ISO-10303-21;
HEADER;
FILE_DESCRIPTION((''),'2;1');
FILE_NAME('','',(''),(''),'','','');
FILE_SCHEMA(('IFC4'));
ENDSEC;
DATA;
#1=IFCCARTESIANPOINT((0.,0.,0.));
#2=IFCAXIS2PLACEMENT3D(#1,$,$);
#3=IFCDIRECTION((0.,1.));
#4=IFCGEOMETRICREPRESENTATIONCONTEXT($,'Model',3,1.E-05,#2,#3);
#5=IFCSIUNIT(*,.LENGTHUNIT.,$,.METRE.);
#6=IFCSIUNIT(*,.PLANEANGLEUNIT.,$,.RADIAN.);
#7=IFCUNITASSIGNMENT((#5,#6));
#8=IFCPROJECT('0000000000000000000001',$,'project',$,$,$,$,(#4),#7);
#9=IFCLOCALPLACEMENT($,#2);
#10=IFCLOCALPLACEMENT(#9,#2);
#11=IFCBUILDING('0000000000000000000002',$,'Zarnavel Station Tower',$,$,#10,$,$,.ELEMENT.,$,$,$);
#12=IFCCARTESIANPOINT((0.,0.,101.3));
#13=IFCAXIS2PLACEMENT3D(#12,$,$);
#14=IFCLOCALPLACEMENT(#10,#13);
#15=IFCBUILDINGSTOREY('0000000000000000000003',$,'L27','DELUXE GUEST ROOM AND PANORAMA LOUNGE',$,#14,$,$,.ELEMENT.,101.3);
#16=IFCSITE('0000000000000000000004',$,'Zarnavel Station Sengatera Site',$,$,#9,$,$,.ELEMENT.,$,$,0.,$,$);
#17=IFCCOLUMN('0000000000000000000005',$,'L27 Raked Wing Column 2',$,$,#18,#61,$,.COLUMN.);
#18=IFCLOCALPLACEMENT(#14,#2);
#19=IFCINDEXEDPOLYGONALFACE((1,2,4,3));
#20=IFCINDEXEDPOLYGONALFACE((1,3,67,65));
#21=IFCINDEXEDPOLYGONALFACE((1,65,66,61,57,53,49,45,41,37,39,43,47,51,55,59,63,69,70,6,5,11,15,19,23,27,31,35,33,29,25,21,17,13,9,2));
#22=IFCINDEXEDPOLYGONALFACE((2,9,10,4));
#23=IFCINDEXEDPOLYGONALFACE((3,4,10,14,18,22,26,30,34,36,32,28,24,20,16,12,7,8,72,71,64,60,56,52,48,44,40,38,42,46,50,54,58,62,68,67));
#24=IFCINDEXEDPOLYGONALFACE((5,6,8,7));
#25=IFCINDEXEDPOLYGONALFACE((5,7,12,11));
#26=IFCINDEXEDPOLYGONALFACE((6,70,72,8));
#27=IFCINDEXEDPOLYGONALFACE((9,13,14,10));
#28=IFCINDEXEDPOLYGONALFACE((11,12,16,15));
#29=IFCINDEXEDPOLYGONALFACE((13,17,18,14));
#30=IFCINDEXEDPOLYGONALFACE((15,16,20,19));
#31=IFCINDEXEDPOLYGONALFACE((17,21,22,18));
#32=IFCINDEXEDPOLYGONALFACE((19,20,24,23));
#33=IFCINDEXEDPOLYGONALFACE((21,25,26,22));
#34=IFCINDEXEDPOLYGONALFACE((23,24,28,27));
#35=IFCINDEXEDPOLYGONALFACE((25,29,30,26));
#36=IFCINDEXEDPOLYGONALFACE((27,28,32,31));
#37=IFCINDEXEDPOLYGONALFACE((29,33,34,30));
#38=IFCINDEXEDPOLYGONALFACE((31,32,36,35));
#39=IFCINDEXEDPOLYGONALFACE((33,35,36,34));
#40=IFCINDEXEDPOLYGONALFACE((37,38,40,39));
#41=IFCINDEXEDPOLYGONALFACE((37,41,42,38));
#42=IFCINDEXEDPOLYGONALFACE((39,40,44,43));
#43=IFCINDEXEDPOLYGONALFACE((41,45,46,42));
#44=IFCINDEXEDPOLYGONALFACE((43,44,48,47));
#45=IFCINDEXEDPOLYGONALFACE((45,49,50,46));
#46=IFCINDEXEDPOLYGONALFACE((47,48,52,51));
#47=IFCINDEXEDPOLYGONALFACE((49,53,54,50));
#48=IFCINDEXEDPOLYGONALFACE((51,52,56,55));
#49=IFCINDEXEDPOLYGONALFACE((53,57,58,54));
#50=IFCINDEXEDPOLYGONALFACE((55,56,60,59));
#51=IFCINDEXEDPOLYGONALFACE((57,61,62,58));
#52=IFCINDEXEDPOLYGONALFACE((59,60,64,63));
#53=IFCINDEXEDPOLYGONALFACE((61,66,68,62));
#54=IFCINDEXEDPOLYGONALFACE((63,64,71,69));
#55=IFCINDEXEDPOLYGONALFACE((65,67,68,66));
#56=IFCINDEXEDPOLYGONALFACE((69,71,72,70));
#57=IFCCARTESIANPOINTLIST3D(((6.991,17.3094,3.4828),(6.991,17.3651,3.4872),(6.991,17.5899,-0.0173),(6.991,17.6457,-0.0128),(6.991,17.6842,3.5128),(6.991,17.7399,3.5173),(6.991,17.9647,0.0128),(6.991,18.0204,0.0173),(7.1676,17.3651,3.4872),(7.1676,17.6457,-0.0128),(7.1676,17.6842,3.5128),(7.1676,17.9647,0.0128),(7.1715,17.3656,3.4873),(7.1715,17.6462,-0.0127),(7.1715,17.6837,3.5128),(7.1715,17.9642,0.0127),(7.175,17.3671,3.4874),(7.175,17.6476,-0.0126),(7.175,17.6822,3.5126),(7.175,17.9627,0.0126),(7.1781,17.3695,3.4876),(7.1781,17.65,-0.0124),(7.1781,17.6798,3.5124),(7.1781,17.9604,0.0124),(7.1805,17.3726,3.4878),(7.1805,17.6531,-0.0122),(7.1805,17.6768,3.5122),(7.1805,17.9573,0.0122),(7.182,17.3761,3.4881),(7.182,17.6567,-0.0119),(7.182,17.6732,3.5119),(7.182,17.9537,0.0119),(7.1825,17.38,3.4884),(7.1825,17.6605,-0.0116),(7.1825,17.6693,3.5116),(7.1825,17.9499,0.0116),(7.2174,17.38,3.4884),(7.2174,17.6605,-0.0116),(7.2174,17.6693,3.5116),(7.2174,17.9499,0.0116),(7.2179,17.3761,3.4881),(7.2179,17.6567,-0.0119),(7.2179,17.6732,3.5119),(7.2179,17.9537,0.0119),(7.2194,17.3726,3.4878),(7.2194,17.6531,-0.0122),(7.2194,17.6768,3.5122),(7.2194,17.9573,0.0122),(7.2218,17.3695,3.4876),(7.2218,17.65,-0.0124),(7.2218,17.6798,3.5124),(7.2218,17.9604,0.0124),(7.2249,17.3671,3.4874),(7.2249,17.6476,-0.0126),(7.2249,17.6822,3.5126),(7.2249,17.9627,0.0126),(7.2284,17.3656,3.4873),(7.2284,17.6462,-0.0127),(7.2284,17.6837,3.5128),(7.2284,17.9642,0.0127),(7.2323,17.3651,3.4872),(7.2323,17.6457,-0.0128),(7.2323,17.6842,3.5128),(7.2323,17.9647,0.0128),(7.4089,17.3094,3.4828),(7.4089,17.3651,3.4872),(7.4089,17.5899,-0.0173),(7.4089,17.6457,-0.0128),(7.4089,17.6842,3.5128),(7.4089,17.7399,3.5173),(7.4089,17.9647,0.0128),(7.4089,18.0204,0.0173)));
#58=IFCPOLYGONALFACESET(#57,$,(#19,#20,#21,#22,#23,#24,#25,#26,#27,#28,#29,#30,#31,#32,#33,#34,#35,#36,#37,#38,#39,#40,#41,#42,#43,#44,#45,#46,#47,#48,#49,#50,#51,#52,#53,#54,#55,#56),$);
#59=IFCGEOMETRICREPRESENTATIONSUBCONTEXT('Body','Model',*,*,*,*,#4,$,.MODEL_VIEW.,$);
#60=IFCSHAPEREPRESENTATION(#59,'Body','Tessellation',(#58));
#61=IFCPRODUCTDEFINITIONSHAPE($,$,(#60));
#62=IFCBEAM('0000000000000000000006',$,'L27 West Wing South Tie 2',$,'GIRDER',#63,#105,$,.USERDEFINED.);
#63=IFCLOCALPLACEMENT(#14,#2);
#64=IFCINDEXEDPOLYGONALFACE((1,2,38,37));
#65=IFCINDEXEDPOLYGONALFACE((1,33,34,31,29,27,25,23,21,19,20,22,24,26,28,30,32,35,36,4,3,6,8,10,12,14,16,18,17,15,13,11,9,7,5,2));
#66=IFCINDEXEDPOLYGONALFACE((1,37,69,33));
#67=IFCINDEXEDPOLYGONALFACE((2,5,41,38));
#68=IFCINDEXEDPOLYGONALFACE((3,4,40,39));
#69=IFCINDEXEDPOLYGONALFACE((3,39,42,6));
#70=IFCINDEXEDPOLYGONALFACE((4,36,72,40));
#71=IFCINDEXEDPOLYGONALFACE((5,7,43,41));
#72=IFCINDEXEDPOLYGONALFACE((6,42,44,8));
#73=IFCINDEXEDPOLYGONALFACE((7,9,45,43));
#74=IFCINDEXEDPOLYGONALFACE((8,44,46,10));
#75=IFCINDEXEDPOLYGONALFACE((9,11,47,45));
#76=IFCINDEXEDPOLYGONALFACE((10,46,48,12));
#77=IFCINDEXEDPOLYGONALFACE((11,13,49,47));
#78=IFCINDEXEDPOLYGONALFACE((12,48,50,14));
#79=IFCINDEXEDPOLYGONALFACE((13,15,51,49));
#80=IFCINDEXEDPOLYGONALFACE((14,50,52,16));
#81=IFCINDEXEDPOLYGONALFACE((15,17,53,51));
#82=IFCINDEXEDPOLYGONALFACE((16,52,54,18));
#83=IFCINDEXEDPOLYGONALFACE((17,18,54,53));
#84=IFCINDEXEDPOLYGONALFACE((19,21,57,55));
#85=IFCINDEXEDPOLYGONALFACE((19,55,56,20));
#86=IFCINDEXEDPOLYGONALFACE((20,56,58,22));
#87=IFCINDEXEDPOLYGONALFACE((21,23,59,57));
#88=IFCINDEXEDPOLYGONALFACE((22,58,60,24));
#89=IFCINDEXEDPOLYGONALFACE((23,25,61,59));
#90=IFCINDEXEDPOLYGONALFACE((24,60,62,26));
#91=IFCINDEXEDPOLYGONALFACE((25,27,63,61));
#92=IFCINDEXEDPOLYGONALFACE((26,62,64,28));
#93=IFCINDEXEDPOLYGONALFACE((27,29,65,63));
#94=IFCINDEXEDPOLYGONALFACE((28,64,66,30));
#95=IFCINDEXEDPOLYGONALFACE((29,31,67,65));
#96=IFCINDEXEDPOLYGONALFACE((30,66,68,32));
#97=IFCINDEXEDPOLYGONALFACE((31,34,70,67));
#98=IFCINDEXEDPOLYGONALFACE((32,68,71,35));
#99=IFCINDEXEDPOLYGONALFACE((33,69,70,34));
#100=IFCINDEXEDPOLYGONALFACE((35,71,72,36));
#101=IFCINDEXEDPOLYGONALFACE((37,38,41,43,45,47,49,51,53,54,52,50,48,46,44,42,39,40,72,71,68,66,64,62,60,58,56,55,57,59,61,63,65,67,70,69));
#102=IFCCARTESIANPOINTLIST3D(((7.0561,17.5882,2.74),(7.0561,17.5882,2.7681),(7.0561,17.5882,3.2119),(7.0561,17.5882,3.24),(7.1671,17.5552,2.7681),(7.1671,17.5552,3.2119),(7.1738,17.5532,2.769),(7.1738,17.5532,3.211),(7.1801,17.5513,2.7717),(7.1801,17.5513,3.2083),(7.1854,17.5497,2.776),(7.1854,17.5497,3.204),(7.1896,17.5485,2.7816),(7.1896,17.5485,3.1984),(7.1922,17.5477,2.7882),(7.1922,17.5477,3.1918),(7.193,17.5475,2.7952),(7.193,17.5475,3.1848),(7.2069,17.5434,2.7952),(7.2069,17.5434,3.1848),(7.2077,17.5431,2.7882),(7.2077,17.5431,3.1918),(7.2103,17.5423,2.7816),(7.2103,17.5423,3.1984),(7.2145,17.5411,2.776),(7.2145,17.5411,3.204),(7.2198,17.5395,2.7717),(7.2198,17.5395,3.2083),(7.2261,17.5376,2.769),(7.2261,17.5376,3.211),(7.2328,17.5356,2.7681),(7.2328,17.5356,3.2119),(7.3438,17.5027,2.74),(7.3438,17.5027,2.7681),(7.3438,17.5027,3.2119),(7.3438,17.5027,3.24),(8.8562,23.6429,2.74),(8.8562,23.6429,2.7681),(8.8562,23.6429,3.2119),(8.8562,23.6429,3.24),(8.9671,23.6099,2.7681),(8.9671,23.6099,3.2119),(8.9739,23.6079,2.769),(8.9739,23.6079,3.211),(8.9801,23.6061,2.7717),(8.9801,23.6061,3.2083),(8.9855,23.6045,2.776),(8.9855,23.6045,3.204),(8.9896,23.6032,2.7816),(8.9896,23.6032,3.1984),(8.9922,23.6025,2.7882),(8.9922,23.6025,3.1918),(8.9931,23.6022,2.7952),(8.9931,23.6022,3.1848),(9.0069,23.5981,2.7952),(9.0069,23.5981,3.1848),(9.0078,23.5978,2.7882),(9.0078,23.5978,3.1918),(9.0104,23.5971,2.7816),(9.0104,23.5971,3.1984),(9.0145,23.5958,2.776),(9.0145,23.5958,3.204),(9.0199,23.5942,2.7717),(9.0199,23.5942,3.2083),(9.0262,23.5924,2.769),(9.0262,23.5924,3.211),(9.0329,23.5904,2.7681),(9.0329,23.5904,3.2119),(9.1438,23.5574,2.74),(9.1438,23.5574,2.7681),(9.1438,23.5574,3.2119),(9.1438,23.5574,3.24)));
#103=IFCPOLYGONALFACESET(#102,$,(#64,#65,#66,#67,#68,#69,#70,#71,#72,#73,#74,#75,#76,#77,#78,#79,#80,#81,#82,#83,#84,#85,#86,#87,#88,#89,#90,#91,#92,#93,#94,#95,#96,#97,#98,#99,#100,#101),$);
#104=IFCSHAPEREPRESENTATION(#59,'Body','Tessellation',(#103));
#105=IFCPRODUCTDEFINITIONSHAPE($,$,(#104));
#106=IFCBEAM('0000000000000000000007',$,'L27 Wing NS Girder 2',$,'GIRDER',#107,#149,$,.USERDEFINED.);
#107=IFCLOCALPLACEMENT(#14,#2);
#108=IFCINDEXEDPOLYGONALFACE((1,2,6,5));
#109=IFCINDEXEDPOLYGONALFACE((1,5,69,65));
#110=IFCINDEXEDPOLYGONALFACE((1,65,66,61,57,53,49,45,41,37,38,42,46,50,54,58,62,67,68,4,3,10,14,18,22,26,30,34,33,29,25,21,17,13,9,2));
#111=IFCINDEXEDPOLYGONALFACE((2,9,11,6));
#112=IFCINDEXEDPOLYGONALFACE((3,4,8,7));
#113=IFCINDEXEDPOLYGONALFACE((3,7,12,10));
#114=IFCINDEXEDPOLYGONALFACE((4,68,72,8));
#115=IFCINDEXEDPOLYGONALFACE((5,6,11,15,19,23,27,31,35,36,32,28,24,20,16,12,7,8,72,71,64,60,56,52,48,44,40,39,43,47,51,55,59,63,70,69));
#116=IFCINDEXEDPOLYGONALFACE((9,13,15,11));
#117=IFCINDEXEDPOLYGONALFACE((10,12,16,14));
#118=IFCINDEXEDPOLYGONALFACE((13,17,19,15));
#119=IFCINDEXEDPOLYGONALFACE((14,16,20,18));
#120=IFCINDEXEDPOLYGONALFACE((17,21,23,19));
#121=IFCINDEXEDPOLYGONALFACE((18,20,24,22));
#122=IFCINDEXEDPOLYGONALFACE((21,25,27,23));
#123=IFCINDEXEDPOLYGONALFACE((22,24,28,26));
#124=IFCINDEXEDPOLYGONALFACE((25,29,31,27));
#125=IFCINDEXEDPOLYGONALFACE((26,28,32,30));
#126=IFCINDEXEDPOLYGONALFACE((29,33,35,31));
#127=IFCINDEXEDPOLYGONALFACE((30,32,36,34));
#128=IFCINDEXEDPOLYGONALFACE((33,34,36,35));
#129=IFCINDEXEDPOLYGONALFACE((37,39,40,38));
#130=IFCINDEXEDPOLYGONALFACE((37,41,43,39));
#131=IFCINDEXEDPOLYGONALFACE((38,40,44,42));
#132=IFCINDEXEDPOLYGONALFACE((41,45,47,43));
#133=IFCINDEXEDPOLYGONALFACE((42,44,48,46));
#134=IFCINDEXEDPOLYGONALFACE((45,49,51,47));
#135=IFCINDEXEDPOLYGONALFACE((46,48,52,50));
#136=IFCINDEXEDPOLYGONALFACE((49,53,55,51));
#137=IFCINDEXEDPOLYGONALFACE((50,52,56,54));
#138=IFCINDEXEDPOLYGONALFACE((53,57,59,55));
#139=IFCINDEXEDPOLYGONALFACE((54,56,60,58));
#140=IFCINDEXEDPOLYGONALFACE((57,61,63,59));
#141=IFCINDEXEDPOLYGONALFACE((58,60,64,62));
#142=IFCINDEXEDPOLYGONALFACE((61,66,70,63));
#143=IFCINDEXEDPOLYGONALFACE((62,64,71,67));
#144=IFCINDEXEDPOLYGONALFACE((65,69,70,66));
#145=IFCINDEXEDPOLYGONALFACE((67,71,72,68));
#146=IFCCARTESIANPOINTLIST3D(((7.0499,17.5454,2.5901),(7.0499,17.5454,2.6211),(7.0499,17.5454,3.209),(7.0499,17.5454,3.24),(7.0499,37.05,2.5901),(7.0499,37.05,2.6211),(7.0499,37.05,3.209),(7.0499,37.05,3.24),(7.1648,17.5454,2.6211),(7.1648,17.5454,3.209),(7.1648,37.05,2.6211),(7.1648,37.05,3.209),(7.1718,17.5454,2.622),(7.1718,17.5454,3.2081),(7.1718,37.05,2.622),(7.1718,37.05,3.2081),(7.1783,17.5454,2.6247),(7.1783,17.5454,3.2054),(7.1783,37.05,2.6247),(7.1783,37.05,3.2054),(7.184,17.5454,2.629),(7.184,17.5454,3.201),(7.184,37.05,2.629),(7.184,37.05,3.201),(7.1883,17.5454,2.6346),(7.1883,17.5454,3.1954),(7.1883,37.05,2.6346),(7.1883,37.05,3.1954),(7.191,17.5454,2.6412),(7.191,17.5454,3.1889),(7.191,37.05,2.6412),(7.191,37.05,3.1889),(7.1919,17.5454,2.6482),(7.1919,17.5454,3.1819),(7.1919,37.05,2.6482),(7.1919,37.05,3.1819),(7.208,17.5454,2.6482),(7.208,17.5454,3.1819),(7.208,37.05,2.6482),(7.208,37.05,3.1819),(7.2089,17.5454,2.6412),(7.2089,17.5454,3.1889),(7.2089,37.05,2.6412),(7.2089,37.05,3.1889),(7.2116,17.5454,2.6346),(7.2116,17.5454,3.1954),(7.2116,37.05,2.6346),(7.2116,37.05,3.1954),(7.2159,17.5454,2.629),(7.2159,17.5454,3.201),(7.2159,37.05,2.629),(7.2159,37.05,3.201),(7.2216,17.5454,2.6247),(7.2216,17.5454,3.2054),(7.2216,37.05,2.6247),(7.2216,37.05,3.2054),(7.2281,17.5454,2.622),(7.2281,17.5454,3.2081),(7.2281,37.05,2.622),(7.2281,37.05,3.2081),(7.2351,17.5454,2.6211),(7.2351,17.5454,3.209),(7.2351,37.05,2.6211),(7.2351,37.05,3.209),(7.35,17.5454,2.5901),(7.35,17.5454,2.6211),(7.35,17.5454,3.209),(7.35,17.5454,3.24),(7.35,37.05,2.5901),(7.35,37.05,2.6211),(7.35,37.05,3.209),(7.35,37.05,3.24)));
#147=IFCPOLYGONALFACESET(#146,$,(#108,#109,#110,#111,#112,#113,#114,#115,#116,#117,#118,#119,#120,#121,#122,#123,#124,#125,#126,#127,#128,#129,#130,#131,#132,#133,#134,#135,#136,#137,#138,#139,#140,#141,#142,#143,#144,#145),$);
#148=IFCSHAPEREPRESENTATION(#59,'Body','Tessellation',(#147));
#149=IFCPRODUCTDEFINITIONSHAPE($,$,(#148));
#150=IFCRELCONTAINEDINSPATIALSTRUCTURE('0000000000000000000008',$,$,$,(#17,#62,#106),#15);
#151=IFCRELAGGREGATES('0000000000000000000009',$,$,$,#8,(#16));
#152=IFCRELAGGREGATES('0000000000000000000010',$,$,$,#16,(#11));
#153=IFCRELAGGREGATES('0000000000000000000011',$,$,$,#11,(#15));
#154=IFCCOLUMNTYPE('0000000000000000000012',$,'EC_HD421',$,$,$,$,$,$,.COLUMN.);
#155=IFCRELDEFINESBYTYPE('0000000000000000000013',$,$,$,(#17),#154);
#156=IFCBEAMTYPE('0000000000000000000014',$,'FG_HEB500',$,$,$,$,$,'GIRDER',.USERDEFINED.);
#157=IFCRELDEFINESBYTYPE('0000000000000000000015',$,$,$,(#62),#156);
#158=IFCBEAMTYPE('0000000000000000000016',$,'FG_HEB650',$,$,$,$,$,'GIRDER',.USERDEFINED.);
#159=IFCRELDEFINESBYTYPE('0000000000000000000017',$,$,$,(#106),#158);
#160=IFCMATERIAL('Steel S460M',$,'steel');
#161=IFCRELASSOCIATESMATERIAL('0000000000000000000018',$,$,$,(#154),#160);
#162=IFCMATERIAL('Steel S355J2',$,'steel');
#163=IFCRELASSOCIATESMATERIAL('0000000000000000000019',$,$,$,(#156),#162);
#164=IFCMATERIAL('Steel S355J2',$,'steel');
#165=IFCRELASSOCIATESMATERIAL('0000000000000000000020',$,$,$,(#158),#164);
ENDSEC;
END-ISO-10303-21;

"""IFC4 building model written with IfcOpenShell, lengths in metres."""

from ifc_helpers import new_model, si_unit, direction, frame, origin, origin_2d, place, context, subcontext, project, spatial, i_section, extrude, material, material_profile, profile_set, type_object, element, save


model = new_model("IFC4")

# Units and contexts
model_context = context("Model", 3, precision=1e-05, world=origin(), true_north=direction((0.0, 1.0)))
body_context = subcontext(model_context, "Body", "Model", "MODEL_VIEW")
ifc_project = project(units=[si_unit("LENGTHUNIT", "METRE"), si_unit("PLANEANGLEUNIT", "RADIAN")], contexts=[model_context])

# Site, building, storey
site_placement = place(None, origin())
site = spatial("IfcSite", under=ifc_project, at=site_placement, Name="Zarnavel Station Sengatera Site", CompositionType="ELEMENT", RefElevation=0.0)
building_placement = place(site_placement, origin())
building = spatial("IfcBuilding", under=site, at=building_placement, Name="Zarnavel Station Tower", CompositionType="ELEMENT")
storey_placement = place(building_placement, frame((0.0, 0.0, 101.3)))
storey = spatial("IfcBuildingStorey", under=building, at=storey_placement, Name="L27", Description="DELUXE GUEST ROOM AND PANORAMA LOUNGE", CompositionType="ELEMENT", Elevation=101.3)

# Column
ifc_material_1 = material(Name="Steel S460M", Category="steel")
ifc_material_profile_1 = material_profile(ifc_material_1, i_section(OverallWidth=0.418, OverallDepth=0.4319, WebThickness=0.0349, FlangeThickness=0.0559, FilletRadius=0.0149, at=origin_2d()), Name="HD400x421")
ifc_profile_set_1 = profile_set([ifc_material_profile_1], Name="Steel S460M")
column_type = type_object("IfcColumnType", Name="EC_HD421", PredefinedType="COLUMN", material=ifc_profile_set_1)
column_placement = place(storey_placement, frame((7.2, 17.8052, 0.0), z_axis=(0.0, -0.079892, 0.996804), x_axis=(1.0, 0.0, 0.0)))
element("IfcColumn", 1, at=column_placement, inside=storey, type_object=column_type, Name="L27 Raked Wing Column 2", PredefinedType="COLUMN", context=body_context, shape_type="SweptSolid", body=[
    extrude(i_section(OverallWidth=0.418, OverallDepth=0.4319, WebThickness=0.0349, FlangeThickness=0.0559, FilletRadius=0.0149, at=origin_2d()), origin(), (0.0, 0.0, 1.0), 3.5112),
])

# Beams
ifc_material_2 = material(Name="Steel S355J2", Category="steel")
ifc_material_profile_2 = material_profile(ifc_material_2, i_section(OverallWidth=0.3, OverallDepth=0.5, WebThickness=0.0144, FlangeThickness=0.0281, FilletRadius=0.0271, at=origin_2d()), Name="HEB500")
ifc_profile_set_2 = profile_set([ifc_material_profile_2], Name="Steel S355J2")
beam_type_1 = type_object("IfcBeamType", Name="FG_HEB500", ElementType="GIRDER", PredefinedType="USERDEFINED", material=ifc_profile_set_2)
beam_1_placement = place(storey_placement, frame((7.2, 17.5454, 2.99), z_axis=(0.284971, 0.958536, 0.0), x_axis=(-0.958536, 0.284971, 0.0)))
element("IfcBeam", 2, at=beam_1_placement, inside=storey, type_object=beam_type_1, Name="L27 West Wing South Tie 2", ObjectType="GIRDER", PredefinedType="USERDEFINED", context=body_context, shape_type="SweptSolid", body=[
    extrude(i_section(OverallWidth=0.3, OverallDepth=0.5, WebThickness=0.0144, FlangeThickness=0.0281, FilletRadius=0.0271, at=origin_2d()), origin(), (0.0, 0.0, 1.0), 6.3167),
])
ifc_material_3 = material(Name="Steel S355J2", Category="steel")
ifc_material_profile_3 = material_profile(ifc_material_3, i_section(OverallWidth=0.3, OverallDepth=0.6499, WebThickness=0.0161, FlangeThickness=0.031, FilletRadius=0.0271, at=origin_2d()), Name="HEB650")
ifc_profile_set_3 = profile_set([ifc_material_profile_3], Name="Steel S355J2")
beam_type_2 = type_object("IfcBeamType", Name="FG_HEB650", ElementType="GIRDER", PredefinedType="USERDEFINED", material=ifc_profile_set_3)
beam_2_placement = place(storey_placement, frame((7.2, 17.5454, 2.915), z_axis=(0.0, 1.0, 0.0), x_axis=(-1.0, 0.0, 0.0)))
element("IfcBeam", 3, at=beam_2_placement, inside=storey, type_object=beam_type_2, Name="L27 Wing NS Girder 2", ObjectType="GIRDER", PredefinedType="USERDEFINED", context=body_context, shape_type="SweptSolid", body=[
    extrude(i_section(OverallWidth=0.3, OverallDepth=0.6499, WebThickness=0.0161, FlangeThickness=0.031, FilletRadius=0.0271, at=origin_2d()), origin(), (0.0, 0.0, 1.0), 19.5046),
])

save(model, "model.ifc")
